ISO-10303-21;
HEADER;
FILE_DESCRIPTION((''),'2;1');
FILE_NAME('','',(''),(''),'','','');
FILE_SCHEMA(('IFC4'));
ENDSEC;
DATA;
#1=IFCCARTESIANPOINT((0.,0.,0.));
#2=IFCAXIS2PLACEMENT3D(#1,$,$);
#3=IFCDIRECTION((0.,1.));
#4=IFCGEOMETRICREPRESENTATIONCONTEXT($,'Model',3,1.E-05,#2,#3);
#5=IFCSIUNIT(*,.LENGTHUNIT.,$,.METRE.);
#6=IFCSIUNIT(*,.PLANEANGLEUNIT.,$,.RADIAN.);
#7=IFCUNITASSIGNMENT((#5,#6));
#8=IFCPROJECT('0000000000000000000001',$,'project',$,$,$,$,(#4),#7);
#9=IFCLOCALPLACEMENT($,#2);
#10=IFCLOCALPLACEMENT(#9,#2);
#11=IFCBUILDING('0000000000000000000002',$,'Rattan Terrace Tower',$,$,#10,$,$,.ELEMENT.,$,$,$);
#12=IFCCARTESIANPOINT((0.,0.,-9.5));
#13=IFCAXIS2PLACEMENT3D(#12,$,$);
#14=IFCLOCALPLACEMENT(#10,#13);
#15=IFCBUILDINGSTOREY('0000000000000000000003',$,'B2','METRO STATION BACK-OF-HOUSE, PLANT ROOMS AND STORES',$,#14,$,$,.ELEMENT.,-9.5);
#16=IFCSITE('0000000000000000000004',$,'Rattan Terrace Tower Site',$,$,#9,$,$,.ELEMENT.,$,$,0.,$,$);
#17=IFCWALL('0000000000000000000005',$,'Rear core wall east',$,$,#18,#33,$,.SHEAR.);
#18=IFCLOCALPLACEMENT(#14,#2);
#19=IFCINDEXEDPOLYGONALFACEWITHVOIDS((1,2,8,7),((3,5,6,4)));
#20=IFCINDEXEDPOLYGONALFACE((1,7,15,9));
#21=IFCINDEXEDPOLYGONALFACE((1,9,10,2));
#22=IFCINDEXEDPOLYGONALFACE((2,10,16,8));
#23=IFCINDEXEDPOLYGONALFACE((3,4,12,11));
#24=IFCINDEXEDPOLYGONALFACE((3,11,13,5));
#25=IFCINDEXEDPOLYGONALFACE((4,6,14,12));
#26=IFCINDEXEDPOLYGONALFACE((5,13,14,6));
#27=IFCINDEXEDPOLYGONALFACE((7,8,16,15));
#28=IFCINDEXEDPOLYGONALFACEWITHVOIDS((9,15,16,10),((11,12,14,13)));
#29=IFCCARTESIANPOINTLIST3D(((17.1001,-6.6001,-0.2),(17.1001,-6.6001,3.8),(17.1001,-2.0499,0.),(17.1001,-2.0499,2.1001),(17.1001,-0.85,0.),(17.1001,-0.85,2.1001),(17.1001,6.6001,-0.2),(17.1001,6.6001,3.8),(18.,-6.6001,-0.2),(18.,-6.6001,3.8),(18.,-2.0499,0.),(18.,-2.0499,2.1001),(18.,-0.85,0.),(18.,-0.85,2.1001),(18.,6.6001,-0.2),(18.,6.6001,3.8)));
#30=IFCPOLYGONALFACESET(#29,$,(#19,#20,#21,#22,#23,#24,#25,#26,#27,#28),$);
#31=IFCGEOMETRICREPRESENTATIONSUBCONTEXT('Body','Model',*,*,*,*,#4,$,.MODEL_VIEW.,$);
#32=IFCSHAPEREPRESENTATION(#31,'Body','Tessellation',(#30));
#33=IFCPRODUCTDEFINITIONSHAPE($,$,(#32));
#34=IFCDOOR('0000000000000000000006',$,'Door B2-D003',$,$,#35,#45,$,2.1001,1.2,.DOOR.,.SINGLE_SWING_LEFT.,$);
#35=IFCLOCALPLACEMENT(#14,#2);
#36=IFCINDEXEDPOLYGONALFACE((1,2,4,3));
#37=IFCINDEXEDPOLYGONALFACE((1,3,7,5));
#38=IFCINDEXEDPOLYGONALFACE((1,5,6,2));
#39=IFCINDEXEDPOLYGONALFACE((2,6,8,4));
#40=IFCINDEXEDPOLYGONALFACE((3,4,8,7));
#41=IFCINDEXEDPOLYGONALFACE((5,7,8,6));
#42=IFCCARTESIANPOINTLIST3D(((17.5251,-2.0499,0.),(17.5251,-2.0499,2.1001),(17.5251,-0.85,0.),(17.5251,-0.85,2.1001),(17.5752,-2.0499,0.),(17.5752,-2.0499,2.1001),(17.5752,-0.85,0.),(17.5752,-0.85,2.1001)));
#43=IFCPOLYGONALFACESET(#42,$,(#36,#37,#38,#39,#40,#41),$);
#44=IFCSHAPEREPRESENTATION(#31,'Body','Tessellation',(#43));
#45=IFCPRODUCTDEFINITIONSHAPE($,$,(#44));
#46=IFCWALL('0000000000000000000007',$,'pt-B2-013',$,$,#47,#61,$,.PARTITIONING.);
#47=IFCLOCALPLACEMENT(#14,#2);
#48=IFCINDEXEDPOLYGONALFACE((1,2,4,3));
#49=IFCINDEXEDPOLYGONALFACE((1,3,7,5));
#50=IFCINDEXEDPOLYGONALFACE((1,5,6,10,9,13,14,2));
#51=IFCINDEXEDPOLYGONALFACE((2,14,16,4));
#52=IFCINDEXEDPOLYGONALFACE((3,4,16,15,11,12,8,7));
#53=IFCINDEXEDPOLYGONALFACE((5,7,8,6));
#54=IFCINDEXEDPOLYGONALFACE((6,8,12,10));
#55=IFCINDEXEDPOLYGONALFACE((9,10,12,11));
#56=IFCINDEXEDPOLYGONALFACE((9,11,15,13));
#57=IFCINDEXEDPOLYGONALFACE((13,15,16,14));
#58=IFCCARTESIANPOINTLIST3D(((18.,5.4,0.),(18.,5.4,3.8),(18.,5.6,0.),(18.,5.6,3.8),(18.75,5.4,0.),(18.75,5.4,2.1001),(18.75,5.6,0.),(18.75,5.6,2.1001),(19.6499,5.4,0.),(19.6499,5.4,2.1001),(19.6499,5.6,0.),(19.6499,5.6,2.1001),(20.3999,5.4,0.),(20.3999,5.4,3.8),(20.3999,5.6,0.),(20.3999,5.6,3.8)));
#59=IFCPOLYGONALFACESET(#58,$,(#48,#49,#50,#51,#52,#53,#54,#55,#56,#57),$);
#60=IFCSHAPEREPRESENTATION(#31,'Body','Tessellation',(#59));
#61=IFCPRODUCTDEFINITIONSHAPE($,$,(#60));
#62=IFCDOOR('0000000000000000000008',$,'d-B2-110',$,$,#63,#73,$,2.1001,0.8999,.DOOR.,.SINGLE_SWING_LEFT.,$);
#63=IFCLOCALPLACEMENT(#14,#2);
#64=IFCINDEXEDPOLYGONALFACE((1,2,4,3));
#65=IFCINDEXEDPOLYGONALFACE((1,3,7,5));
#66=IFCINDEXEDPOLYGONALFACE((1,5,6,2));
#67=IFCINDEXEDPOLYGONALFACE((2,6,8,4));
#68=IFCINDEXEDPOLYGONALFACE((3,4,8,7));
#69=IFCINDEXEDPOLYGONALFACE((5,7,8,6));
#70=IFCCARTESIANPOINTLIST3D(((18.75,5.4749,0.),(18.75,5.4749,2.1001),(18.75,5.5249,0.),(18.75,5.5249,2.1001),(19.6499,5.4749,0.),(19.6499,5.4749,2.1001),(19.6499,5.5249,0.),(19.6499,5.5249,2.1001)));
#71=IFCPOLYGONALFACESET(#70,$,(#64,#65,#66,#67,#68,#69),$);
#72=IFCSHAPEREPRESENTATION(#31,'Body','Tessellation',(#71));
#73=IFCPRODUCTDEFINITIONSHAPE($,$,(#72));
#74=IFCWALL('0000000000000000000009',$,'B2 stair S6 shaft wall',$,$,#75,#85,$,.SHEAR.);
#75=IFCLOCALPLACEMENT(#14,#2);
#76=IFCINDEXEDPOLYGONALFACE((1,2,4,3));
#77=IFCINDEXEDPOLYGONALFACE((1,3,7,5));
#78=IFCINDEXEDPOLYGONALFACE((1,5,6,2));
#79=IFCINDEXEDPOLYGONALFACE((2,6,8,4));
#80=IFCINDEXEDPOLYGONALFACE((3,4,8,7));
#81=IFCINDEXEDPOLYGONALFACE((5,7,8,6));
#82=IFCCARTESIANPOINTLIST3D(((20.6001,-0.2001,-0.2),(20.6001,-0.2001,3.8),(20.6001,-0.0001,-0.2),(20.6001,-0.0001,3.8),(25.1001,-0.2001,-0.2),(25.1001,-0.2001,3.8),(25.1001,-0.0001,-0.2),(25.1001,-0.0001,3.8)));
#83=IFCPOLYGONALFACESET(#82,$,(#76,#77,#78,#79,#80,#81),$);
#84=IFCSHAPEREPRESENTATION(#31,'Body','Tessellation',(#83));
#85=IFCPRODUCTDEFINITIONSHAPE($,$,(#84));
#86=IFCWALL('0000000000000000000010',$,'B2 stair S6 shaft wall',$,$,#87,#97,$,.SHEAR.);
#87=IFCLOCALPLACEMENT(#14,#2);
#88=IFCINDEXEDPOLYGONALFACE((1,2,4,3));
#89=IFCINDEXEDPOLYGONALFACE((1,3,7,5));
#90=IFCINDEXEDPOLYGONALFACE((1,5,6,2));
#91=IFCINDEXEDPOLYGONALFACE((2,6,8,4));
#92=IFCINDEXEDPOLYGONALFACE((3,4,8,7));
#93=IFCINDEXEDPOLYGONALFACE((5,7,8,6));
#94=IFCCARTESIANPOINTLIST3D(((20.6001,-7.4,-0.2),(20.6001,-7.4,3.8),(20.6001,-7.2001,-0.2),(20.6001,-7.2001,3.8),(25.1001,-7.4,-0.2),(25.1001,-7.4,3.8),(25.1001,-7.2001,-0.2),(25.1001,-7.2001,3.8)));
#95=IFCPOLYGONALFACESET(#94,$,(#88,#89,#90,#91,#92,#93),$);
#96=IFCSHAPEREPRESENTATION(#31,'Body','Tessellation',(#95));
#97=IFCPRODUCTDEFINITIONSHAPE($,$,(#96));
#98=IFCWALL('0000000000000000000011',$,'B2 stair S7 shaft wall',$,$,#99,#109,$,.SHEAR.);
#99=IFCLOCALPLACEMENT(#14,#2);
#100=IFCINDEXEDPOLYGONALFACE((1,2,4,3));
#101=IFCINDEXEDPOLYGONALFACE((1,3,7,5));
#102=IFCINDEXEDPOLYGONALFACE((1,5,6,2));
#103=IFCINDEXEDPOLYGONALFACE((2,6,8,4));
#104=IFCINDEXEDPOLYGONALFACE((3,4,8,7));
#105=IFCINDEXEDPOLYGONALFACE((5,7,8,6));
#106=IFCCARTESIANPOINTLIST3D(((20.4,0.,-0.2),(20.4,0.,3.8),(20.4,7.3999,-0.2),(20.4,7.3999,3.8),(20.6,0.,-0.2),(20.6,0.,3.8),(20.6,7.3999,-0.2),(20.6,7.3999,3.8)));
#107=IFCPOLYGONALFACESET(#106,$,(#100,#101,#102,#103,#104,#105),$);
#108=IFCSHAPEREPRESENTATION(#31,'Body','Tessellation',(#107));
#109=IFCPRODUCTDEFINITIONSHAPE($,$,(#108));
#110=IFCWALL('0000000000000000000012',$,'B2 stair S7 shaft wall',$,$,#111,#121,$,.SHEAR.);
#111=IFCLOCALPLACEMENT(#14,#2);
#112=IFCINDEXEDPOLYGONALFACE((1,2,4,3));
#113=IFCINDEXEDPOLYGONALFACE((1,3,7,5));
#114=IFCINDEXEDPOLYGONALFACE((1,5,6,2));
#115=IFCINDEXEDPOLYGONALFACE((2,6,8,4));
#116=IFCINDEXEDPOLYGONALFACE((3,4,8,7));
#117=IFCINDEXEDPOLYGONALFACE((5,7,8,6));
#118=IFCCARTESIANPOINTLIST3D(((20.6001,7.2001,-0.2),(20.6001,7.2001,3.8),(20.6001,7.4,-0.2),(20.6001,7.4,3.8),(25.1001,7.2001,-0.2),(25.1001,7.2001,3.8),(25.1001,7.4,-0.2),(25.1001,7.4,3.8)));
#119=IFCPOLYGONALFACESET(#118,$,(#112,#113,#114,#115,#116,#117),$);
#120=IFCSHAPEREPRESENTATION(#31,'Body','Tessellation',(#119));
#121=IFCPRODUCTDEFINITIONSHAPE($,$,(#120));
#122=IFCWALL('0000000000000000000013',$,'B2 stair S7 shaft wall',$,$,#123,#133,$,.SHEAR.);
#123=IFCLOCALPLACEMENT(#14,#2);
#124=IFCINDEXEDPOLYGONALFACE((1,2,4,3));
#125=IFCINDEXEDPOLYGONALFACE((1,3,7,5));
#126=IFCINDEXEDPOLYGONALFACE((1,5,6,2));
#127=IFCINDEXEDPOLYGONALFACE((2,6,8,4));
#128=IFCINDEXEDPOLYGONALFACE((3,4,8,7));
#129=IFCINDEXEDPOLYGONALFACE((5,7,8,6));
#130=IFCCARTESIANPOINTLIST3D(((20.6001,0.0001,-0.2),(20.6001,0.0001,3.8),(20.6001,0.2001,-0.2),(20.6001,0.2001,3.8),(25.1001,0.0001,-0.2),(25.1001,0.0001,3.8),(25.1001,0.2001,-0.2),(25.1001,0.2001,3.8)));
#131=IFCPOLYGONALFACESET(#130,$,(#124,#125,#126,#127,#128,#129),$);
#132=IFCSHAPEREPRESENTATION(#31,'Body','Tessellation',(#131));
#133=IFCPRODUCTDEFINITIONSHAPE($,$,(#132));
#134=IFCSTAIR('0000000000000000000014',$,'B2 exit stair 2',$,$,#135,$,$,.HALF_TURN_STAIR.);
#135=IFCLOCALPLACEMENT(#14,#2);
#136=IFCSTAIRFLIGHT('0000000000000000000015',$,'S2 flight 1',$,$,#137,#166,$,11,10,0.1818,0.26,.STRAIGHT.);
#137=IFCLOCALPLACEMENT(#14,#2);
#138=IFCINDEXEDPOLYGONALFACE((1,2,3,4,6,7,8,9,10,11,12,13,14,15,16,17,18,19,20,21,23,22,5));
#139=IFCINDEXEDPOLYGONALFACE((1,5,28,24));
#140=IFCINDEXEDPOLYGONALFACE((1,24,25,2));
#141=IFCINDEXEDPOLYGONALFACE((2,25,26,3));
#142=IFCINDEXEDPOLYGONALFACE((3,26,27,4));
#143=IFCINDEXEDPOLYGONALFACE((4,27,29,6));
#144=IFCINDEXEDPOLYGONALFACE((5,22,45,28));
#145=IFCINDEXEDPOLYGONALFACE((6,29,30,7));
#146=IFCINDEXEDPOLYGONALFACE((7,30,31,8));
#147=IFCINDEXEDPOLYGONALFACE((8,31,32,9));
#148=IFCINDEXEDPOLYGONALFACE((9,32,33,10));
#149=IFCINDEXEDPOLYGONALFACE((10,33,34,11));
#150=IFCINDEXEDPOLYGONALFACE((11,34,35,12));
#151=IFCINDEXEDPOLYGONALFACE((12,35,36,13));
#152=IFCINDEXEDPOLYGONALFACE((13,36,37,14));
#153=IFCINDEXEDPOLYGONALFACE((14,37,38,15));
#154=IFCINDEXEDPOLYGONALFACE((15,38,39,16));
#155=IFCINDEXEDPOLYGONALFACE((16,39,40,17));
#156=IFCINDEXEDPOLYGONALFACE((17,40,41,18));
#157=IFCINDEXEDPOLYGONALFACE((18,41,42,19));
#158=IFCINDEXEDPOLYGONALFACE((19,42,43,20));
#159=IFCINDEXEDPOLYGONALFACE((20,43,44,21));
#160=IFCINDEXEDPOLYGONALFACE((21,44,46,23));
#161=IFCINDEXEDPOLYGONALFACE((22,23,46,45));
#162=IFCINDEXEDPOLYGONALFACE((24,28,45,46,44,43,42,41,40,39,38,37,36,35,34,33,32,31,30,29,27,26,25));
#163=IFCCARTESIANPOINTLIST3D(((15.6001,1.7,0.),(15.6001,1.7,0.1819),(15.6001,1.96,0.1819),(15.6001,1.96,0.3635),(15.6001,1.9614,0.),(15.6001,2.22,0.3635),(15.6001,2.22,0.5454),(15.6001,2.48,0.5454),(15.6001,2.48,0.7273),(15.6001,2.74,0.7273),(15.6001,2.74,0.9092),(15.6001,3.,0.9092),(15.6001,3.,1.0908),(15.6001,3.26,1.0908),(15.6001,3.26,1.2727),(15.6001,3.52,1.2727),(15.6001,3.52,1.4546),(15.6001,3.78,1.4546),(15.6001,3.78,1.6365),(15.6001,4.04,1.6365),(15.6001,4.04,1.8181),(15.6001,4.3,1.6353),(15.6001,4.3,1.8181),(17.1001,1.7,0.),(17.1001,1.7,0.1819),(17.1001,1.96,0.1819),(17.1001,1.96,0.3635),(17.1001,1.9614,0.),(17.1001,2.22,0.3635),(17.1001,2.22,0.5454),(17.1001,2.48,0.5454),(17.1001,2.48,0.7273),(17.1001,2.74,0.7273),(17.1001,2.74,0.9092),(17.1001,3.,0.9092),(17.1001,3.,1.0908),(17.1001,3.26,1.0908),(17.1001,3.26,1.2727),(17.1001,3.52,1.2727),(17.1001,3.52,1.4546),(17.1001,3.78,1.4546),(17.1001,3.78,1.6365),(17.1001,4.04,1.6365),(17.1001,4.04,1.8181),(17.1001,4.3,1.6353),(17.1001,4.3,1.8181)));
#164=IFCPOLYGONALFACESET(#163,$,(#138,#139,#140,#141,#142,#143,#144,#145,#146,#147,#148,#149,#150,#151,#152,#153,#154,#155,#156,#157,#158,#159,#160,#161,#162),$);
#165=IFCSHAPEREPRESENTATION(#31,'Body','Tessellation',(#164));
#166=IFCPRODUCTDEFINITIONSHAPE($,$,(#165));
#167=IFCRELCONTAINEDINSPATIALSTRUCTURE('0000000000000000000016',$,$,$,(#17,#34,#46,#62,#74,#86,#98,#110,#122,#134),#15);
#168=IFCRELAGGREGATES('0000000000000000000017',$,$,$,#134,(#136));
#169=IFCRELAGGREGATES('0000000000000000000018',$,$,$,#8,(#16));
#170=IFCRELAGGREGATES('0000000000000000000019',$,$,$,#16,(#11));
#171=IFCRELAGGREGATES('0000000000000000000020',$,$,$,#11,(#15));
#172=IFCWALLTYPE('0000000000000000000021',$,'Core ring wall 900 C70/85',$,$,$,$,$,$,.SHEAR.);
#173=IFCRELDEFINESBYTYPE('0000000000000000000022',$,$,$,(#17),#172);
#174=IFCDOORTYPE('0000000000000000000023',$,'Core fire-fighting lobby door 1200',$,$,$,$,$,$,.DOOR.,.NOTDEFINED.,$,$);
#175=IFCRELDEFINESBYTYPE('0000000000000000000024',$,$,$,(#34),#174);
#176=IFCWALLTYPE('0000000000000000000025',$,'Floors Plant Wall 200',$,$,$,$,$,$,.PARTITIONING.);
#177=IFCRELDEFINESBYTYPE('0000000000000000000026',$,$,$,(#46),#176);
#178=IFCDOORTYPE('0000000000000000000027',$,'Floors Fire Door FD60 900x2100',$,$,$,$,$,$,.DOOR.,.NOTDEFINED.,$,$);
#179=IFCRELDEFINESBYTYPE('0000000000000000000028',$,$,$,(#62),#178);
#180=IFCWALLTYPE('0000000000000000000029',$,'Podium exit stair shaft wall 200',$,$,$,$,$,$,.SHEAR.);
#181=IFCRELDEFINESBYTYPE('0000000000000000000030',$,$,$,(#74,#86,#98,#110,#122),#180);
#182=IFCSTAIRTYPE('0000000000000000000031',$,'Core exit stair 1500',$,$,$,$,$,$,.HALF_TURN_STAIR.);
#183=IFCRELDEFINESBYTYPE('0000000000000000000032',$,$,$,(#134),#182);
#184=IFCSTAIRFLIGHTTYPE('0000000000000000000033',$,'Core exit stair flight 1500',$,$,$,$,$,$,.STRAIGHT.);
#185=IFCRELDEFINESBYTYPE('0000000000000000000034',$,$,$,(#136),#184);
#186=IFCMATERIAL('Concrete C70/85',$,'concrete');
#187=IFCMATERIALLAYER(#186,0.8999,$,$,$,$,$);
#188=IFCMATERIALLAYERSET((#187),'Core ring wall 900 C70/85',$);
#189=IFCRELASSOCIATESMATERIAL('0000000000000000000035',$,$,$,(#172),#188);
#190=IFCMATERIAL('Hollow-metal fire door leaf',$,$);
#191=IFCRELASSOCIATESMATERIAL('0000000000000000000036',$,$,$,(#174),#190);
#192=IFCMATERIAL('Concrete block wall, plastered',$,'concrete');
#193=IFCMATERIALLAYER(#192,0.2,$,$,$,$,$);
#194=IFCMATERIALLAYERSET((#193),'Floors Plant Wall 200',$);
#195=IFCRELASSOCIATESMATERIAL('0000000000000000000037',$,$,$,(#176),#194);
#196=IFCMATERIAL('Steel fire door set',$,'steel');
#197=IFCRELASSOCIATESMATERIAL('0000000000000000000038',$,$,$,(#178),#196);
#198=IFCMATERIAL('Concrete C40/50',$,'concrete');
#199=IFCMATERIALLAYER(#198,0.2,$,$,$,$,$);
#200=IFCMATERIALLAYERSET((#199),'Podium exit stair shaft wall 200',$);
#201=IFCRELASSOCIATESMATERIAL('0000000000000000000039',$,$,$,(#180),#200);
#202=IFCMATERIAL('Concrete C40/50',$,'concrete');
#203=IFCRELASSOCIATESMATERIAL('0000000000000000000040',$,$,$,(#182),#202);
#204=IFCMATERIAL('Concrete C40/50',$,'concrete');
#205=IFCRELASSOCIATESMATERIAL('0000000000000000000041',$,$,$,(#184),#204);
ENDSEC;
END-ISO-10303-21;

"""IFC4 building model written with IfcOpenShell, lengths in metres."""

from ifc_helpers import new_model, si_unit, direction, frame, frame_2d, origin, place, context, subcontext, project, spatial, polyline, rectangle, outline, extrude, material, layer, layer_set, type_object, element, fill, aggregate, save


model = new_model("IFC4")

# Units and contexts
model_context = context("Model", 3, precision=1e-05, world=origin(), true_north=direction((0.0, 1.0)))
body_context = subcontext(model_context, "Body", "Model", "MODEL_VIEW")
ifc_project = project(units=[si_unit("LENGTHUNIT", "METRE"), si_unit("PLANEANGLEUNIT", "RADIAN")], contexts=[model_context])

# Site, building, storey
site_placement = place(None, origin())
site = spatial("IfcSite", under=ifc_project, at=site_placement, Name="Rattan Terrace Tower Site", CompositionType="ELEMENT", RefElevation=0.0)
building_placement = place(site_placement, origin())
building = spatial("IfcBuilding", under=site, at=building_placement, Name="Rattan Terrace Tower", CompositionType="ELEMENT")
storey_placement = place(building_placement, frame((0.0, 0.0, -9.5)))
storey = spatial("IfcBuildingStorey", under=building, at=storey_placement, Name="B2", Description="METRO STATION BACK-OF-HOUSE, PLANT ROOMS AND STORES", CompositionType="ELEMENT", Elevation=-9.5)

# Walls, openings, doors
ifc_material_1 = material(Name="Concrete C70/85", Category="concrete")
ifc_layer_1 = layer(ifc_material_1, 0.8999)
ifc_layer_set_1 = layer_set([ifc_layer_1], Name="Core ring wall 900 C70/85")
wall_type_1 = type_object("IfcWallType", Name="Core ring wall 900 C70/85", PredefinedType="SHEAR", material=ifc_layer_set_1)
wall_1_placement = place(storey_placement, frame((17.55, -6.6001, -0.2), z_axis=(0.0, 0.0, 1.0), x_axis=(0.0, 1.0, 0.0)))
wall_1 = element("IfcWall", 1, at=wall_1_placement, inside=storey, type_object=wall_type_1, Name="Rear core wall east", PredefinedType="SHEAR", context=body_context, shape_type="SweptSolid", body=[
    extrude(rectangle(XDim=13.2002, YDim=0.8999, at=frame_2d((6.6001, 0.0))), origin(), (0.0, 0.0, 1.0), 4.0),
])
opening_1_placement = place(wall_1_placement, frame((4.55, 0.0, 0.2)))
opening_1 = element("IfcOpeningElement", 2, at=opening_1_placement, cuts=wall_1, PredefinedType="OPENING", context=body_context, shape_type="SweptSolid", body=[
    extrude(rectangle(XDim=1.2, YDim=2.1001, at=frame_2d((0.6001, 1.05))), frame((0.0, 0.4604, 0.0), z_axis=(0.0, -1.0, 0.0), x_axis=(1.0, 0.0, 0.0)), (0.0, 0.0, 1.0), 0.9209),
])
ifc_material_2 = material(Name="Hollow-metal fire door leaf")
door_type_1 = type_object("IfcDoorType", Name="Core fire-fighting lobby door 1200", OperationType="NOTDEFINED", PredefinedType="DOOR", material=ifc_material_2)
door_1_placement = place(opening_1_placement, origin())
door_1 = element("IfcDoor", 3, at=door_1_placement, inside=storey, type_object=door_type_1, Name="Door B2-D003", OperationType="SINGLE_SWING_LEFT", OverallHeight=2.1001, OverallWidth=1.2, PredefinedType="DOOR", context=body_context, shape_type="SweptSolid", body=[
    extrude(rectangle(XDim=1.2, YDim=2.1001, at=frame_2d((0.6001, 1.05))), frame((0.0, 0.0249, 0.0), z_axis=(0.0, -1.0, 0.0), x_axis=(1.0, 0.0, 0.0)), (0.0, 0.0, 1.0), 0.05),
])
fill(opening_1, door_1)
ifc_material_3 = material(Name="Concrete block wall, plastered", Category="concrete")
ifc_layer_2 = layer(ifc_material_3, 0.2)
ifc_layer_set_2 = layer_set([ifc_layer_2], Name="Floors Plant Wall 200")
wall_type_2 = type_object("IfcWallType", Name="Floors Plant Wall 200", PredefinedType="PARTITIONING", material=ifc_layer_set_2)
wall_2_placement = place(storey_placement, frame((18.0, 5.5, 0.0), z_axis=(0.0, 0.0, 1.0), x_axis=(1.0, 0.0, 0.0)))
wall_2 = element("IfcWall", 4, at=wall_2_placement, inside=storey, type_object=wall_type_2, Name="pt-B2-013", PredefinedType="PARTITIONING", context=body_context, shape_type="SweptSolid", body=[
    extrude(rectangle(XDim=2.3999, YDim=0.2, at=frame_2d((1.2, 0.0))), origin(), (0.0, 0.0, 1.0), 3.8),
])
opening_2_placement = place(wall_2_placement, frame((0.75, 0.0, 0.0)))
opening_2 = element("IfcOpeningElement", 5, at=opening_2_placement, cuts=wall_2, PredefinedType="OPENING", context=body_context, shape_type="SweptSolid", body=[
    extrude(rectangle(XDim=0.8999, YDim=2.1001, at=frame_2d((0.45, 1.05))), frame((0.0, 0.1106, 0.0), z_axis=(0.0, -1.0, 0.0), x_axis=(1.0, 0.0, 0.0)), (0.0, 0.0, 1.0), 0.2209),
])
ifc_material_4 = material(Name="Steel fire door set", Category="steel")
door_type_2 = type_object("IfcDoorType", Name="Floors Fire Door FD60 900x2100", OperationType="NOTDEFINED", PredefinedType="DOOR", material=ifc_material_4)
door_2_placement = place(opening_2_placement, origin())
door_2 = element("IfcDoor", 6, at=door_2_placement, inside=storey, type_object=door_type_2, Name="d-B2-110", OperationType="SINGLE_SWING_LEFT", OverallHeight=2.1001, OverallWidth=0.8999, PredefinedType="DOOR", context=body_context, shape_type="SweptSolid", body=[
    extrude(rectangle(XDim=0.8999, YDim=2.1001, at=frame_2d((0.45, 1.05))), frame((0.0, 0.0249, 0.0), z_axis=(0.0, -1.0, 0.0), x_axis=(1.0, 0.0, 0.0)), (0.0, 0.0, 1.0), 0.05),
])
fill(opening_2, door_2)

# Walls
ifc_material_5 = material(Name="Concrete C40/50", Category="concrete")
ifc_layer_3 = layer(ifc_material_5, 0.2)
ifc_layer_set_3 = layer_set([ifc_layer_3], Name="Podium exit stair shaft wall 200")
wall_type_3 = type_object("IfcWallType", Name="Podium exit stair shaft wall 200", PredefinedType="SHEAR", material=ifc_layer_set_3)
for number, where, z_axis, x_axis, name in (
    (7, (20.6001, -0.1001, -0.2), (0.0, 0.0, 1.0), (1.0, 0.0, 0.0), "B2 stair S6 shaft wall"),
    (8, (20.6001, -7.3, -0.2), (0.0, 0.0, 1.0), (1.0, 0.0, 0.0), "B2 stair S6 shaft wall"),
):
    element("IfcWall", number, at=place(storey_placement, frame(where, z_axis=z_axis, x_axis=x_axis)), inside=storey, type_object=wall_type_3, Name=name, PredefinedType="SHEAR", context=body_context, shape_type="SweptSolid", body=[
        extrude(rectangle(XDim=4.5, YDim=0.2, at=frame_2d((2.25, 0.0))), origin(), (0.0, 0.0, 1.0), 4.0),
    ])
wall_3_placement = place(storey_placement, frame((20.5, 0.0, -0.2), z_axis=(0.0, 0.0, 1.0), x_axis=(0.0, 1.0, 0.0)))
element("IfcWall", 9, at=wall_3_placement, inside=storey, type_object=wall_type_3, Name="B2 stair S7 shaft wall", PredefinedType="SHEAR", context=body_context, shape_type="SweptSolid", body=[
    extrude(rectangle(XDim=7.3999, YDim=0.2, at=frame_2d((3.7, 0.0))), origin(), (0.0, 0.0, 1.0), 4.0),
])
for number, where, z_axis, x_axis, name in (
    (10, (20.6001, 7.3, -0.2), (0.0, 0.0, 1.0), (1.0, 0.0, 0.0), "B2 stair S7 shaft wall"),
    (11, (20.6001, 0.1001, -0.2), (0.0, 0.0, 1.0), (1.0, 0.0, 0.0), "B2 stair S7 shaft wall"),
):
    element("IfcWall", number, at=place(storey_placement, frame(where, z_axis=z_axis, x_axis=x_axis)), inside=storey, type_object=wall_type_3, Name=name, PredefinedType="SHEAR", context=body_context, shape_type="SweptSolid", body=[
        extrude(rectangle(XDim=4.5, YDim=0.2, at=frame_2d((2.25, 0.0))), origin(), (0.0, 0.0, 1.0), 4.0),
    ])

# Stair, stair flight
ifc_material_6 = material(Name="Concrete C40/50", Category="concrete")
stair_type = type_object("IfcStairType", Name="Core exit stair 1500", PredefinedType="HALF_TURN_STAIR", material=ifc_material_6)
stair_placement = place(storey_placement, origin())
stair = element("IfcStair", 12, at=stair_placement, inside=storey, type_object=stair_type, Name="B2 exit stair 2", PredefinedType="HALF_TURN_STAIR")
ifc_material_7 = material(Name="Concrete C40/50", Category="concrete")
stair_flight_type = type_object("IfcStairFlightType", Name="Core exit stair flight 1500", PredefinedType="STRAIGHT", material=ifc_material_7)
stair_flight_1_placement = place(storey_placement, frame((16.3501, 1.7, 0.0), z_axis=(0.0, 0.0, 1.0), x_axis=(0.0, 1.0, 0.0)))
stair_flight_1 = element("IfcStairFlight", 13, at=stair_flight_1_placement, type_object=stair_flight_type, Name="S2 flight 1", NumberOfRisers=11, NumberOfTreads=10, PredefinedType="STRAIGHT", RiserHeight=0.1818, TreadLength=0.26, context=body_context, shape_type="SweptSolid", body=[
    extrude(outline(polyline([(0.0, 0.0), (0.0, 0.1819), (0.26, 0.1819), (0.26, 0.3635), (0.52, 0.3635), (0.52, 0.5454), (0.78, 0.5454), (0.78, 0.7273), (1.04, 0.7273), (1.04, 0.9092), (1.3, 0.9092), (1.3, 1.0908), (1.5601, 1.0908), (1.5601, 1.2727), (1.8201, 1.2727), (1.8201, 1.4546), (2.0801, 1.4546), (2.0801, 1.6365), (2.3401, 1.6365), (2.3401, 1.8181), (2.6001, 1.8181), (2.6001, 2.0), (2.6001, 1.6353), (0.2615, 0.0), (0.0, 0.0)])), frame((0.0, 0.75, 0.0), z_axis=(0.0, -1.0, 0.0), x_axis=(1.0, 0.0, 0.0)), (0.0, 0.0, 1.0), 1.5),
])
aggregate(stair, [stair_flight_1])

save(model, "model.ifc")
